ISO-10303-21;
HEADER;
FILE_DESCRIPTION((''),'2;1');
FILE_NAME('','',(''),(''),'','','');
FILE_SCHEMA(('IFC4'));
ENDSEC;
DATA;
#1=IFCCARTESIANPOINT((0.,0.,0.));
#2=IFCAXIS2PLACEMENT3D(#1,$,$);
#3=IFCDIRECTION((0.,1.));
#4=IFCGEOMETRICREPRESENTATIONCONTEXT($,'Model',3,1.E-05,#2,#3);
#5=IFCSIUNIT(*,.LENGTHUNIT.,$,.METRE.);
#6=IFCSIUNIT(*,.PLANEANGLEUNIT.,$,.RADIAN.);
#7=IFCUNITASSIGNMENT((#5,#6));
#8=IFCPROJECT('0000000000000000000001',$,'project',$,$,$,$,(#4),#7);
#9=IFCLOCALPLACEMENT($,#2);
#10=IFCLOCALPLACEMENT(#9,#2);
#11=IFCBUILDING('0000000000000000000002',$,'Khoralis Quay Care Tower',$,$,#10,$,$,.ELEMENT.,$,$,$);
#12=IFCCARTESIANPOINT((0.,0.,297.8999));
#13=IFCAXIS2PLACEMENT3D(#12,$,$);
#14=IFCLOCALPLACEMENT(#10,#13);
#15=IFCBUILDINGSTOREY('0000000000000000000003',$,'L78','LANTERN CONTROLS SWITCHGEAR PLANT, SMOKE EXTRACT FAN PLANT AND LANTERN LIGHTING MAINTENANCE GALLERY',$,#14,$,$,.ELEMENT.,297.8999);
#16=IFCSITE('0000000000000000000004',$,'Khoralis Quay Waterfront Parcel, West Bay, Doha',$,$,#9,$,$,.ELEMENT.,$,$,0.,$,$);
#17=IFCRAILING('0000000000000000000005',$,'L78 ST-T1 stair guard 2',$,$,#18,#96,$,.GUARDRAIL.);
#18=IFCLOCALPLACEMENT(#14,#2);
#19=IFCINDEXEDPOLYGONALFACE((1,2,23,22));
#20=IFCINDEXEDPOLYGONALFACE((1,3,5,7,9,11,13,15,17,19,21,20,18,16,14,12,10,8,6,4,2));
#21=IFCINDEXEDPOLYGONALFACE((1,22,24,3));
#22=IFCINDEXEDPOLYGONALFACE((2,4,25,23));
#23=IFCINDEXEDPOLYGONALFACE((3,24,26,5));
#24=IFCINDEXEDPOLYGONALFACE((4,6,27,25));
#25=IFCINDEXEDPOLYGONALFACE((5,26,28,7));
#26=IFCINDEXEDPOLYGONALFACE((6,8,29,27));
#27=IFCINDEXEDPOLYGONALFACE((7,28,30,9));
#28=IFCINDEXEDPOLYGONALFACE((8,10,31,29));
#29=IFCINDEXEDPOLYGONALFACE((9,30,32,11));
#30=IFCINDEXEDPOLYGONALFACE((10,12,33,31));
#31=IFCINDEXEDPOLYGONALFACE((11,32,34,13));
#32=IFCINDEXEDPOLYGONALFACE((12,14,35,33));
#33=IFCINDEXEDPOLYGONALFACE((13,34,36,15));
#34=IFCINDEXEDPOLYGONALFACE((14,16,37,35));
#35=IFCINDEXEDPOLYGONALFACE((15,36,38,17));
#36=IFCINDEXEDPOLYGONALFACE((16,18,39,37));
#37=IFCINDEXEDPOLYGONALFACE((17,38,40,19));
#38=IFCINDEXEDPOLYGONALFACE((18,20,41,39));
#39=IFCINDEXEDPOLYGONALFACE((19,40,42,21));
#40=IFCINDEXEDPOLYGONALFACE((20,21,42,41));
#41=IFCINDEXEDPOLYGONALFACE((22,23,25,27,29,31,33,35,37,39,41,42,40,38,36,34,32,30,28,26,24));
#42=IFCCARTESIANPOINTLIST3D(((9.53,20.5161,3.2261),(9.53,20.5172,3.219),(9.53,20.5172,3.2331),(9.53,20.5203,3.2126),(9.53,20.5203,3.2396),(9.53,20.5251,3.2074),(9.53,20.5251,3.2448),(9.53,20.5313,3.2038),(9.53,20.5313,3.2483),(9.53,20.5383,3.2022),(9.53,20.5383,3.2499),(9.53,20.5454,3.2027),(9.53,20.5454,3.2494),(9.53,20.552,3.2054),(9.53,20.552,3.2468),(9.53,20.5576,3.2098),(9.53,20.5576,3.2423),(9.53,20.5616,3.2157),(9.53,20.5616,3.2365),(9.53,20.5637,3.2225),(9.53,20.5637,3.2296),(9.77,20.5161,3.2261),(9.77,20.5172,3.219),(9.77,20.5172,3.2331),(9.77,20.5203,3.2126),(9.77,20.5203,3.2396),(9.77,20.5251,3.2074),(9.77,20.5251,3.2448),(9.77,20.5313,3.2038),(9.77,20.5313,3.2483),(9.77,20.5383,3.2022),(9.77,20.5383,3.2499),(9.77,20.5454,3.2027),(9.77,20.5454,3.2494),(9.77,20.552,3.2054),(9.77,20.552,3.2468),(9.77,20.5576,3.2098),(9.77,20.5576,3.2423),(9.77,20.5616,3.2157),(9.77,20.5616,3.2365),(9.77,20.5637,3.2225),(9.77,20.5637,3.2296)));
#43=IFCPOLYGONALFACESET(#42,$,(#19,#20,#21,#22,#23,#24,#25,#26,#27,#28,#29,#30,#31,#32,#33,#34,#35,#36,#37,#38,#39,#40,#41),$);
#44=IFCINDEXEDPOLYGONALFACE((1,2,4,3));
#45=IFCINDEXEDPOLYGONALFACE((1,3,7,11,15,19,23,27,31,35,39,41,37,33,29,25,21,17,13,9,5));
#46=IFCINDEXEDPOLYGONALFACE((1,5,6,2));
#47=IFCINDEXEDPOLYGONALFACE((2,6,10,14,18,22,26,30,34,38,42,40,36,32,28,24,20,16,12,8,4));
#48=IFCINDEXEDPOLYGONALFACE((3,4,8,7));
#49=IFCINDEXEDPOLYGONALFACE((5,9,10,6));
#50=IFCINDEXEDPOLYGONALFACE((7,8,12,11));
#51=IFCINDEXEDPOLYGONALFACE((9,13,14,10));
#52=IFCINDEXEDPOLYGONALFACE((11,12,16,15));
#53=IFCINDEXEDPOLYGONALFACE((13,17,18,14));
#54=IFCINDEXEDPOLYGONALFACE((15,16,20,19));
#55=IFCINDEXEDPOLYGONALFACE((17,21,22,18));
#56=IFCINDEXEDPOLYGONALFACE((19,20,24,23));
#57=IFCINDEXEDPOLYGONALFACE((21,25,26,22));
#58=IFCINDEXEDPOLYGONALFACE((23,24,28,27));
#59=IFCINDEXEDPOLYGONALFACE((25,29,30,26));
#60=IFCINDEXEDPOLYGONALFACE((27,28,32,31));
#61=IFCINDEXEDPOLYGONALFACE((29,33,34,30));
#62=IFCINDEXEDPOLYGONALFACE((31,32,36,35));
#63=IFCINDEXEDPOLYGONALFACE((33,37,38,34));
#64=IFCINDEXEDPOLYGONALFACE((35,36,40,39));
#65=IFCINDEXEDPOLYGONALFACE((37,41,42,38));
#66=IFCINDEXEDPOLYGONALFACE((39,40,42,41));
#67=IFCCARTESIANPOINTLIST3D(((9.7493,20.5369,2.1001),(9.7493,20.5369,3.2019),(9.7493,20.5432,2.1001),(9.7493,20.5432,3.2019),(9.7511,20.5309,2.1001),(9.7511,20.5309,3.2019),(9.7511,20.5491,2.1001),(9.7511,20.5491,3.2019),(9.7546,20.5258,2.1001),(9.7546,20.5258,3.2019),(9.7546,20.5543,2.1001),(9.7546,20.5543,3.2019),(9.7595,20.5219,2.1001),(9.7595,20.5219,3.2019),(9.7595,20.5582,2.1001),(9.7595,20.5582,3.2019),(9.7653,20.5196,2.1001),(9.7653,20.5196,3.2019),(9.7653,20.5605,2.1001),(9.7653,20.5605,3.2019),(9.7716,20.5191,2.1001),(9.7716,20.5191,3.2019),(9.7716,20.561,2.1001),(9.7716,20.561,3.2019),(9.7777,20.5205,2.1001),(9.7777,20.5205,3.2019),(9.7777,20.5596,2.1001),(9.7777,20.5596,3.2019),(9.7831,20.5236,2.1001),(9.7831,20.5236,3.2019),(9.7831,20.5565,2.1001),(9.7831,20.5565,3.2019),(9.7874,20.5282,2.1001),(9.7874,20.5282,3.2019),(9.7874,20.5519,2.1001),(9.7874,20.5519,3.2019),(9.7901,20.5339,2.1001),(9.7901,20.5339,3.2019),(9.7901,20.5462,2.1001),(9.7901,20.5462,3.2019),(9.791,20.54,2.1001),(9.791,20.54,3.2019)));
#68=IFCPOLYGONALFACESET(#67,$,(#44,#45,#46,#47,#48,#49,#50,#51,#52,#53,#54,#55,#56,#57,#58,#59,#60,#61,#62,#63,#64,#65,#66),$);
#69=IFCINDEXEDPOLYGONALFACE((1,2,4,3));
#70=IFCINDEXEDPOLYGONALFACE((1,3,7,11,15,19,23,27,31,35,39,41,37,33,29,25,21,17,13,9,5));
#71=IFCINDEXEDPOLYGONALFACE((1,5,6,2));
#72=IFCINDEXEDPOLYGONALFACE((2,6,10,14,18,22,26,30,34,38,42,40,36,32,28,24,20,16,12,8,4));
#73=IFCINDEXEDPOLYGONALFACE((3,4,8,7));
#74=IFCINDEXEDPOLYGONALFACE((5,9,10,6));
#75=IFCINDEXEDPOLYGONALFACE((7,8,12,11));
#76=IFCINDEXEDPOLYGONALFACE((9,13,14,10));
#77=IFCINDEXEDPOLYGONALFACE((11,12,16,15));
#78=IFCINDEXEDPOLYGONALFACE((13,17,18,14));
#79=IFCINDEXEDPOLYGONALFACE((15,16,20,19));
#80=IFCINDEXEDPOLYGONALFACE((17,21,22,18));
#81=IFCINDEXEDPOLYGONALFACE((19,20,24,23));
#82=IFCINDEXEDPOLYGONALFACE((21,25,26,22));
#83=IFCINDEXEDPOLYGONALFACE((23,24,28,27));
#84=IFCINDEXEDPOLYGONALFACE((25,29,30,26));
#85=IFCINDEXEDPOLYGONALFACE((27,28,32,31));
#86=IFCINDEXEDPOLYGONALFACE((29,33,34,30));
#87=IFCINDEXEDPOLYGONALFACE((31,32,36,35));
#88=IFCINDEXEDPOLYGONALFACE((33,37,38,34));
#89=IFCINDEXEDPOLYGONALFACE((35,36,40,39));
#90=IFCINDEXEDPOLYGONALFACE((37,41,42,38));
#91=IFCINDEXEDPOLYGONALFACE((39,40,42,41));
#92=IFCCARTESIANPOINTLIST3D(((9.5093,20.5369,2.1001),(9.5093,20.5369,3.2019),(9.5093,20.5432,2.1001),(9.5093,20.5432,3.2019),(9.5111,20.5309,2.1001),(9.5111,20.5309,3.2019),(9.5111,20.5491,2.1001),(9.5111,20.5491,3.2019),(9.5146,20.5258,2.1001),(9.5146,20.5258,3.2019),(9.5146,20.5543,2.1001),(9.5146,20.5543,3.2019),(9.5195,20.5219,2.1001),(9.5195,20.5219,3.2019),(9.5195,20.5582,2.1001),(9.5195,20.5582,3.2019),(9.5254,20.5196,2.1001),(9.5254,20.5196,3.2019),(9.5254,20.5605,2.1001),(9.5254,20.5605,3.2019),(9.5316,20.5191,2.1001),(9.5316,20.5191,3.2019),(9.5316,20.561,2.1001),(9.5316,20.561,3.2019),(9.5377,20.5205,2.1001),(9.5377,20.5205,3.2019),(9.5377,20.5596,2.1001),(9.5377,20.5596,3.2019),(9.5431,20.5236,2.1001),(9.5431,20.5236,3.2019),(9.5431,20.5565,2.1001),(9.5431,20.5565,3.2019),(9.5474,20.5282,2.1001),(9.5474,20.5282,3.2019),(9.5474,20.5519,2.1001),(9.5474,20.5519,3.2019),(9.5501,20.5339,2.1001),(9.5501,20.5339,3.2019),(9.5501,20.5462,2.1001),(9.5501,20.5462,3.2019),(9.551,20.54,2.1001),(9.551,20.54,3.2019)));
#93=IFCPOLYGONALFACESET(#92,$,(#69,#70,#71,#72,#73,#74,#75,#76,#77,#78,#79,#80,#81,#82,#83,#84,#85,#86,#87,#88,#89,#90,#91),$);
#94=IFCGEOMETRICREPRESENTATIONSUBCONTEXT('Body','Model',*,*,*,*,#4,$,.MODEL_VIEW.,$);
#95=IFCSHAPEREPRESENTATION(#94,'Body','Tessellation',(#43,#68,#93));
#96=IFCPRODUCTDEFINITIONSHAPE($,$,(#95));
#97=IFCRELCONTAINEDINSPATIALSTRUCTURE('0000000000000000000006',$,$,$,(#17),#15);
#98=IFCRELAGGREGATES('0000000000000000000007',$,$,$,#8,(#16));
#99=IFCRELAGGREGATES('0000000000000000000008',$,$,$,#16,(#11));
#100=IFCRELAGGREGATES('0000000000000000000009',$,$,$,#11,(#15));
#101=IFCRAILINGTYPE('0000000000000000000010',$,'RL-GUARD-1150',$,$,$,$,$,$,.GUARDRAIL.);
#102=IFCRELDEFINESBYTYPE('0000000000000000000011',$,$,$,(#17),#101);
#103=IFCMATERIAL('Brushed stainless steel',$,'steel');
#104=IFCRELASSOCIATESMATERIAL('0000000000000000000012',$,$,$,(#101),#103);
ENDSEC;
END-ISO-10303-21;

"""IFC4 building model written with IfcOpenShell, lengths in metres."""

from ifc_helpers import new_model, si_unit, direction, frame, origin, origin_2d, place, context, subcontext, project, spatial, circle, extrude, material, type_object, element, save


model = new_model("IFC4")

# Units and contexts
model_context = context("Model", 3, precision=1e-05, world=origin(), true_north=direction((0.0, 1.0)))
body_context = subcontext(model_context, "Body", "Model", "MODEL_VIEW")
ifc_project = project(units=[si_unit("LENGTHUNIT", "METRE"), si_unit("PLANEANGLEUNIT", "RADIAN")], contexts=[model_context])

# Site, building, storey
site_placement = place(None, origin())
site = spatial("IfcSite", under=ifc_project, at=site_placement, Name="Khoralis Quay Waterfront Parcel, West Bay, Doha", CompositionType="ELEMENT", RefElevation=0.0)
building_placement = place(site_placement, origin())
building = spatial("IfcBuilding", under=site, at=building_placement, Name="Khoralis Quay Care Tower", CompositionType="ELEMENT")
storey_placement = place(building_placement, frame((0.0, 0.0, 297.8999)))
storey = spatial("IfcBuildingStorey", under=building, at=storey_placement, Name="L78", Description="LANTERN CONTROLS SWITCHGEAR PLANT, SMOKE EXTRACT FAN PLANT AND LANTERN LIGHTING MAINTENANCE GALLERY", CompositionType="ELEMENT", Elevation=297.8999)

# Railing
ifc_material_1 = material(Name="Brushed stainless steel", Category="steel")
railing_type_1 = type_object("IfcRailingType", Name="RL-GUARD-1150", PredefinedType="GUARDRAIL", material=ifc_material_1)
railing_1_placement = place(storey_placement, frame((9.77, 20.54, 2.1001)))
element("IfcRailing", 1, at=railing_1_placement, inside=storey, type_object=railing_type_1, Name="L78 ST-T1 stair guard 2", PredefinedType="GUARDRAIL", context=body_context, shape_type="SweptSolid", body=[
    extrude(circle(Radius=0.0239, at=origin_2d()), frame((0.0, 0.0, 1.126), z_axis=(-1.0, 0.0, 0.0), x_axis=(0.0, -1.0, 0.0)), (0.0, 0.0, 1.0), 0.24),
    extrude(circle(Radius=0.021, at=origin_2d()), origin(), (0.0, 0.0, 1.0), 1.1018),
    extrude(circle(Radius=0.021, at=origin_2d()), frame((-0.24, 0.0, 0.0)), (0.0, 0.0, 1.0), 1.1018),
])

save(model, "model.ifc")
